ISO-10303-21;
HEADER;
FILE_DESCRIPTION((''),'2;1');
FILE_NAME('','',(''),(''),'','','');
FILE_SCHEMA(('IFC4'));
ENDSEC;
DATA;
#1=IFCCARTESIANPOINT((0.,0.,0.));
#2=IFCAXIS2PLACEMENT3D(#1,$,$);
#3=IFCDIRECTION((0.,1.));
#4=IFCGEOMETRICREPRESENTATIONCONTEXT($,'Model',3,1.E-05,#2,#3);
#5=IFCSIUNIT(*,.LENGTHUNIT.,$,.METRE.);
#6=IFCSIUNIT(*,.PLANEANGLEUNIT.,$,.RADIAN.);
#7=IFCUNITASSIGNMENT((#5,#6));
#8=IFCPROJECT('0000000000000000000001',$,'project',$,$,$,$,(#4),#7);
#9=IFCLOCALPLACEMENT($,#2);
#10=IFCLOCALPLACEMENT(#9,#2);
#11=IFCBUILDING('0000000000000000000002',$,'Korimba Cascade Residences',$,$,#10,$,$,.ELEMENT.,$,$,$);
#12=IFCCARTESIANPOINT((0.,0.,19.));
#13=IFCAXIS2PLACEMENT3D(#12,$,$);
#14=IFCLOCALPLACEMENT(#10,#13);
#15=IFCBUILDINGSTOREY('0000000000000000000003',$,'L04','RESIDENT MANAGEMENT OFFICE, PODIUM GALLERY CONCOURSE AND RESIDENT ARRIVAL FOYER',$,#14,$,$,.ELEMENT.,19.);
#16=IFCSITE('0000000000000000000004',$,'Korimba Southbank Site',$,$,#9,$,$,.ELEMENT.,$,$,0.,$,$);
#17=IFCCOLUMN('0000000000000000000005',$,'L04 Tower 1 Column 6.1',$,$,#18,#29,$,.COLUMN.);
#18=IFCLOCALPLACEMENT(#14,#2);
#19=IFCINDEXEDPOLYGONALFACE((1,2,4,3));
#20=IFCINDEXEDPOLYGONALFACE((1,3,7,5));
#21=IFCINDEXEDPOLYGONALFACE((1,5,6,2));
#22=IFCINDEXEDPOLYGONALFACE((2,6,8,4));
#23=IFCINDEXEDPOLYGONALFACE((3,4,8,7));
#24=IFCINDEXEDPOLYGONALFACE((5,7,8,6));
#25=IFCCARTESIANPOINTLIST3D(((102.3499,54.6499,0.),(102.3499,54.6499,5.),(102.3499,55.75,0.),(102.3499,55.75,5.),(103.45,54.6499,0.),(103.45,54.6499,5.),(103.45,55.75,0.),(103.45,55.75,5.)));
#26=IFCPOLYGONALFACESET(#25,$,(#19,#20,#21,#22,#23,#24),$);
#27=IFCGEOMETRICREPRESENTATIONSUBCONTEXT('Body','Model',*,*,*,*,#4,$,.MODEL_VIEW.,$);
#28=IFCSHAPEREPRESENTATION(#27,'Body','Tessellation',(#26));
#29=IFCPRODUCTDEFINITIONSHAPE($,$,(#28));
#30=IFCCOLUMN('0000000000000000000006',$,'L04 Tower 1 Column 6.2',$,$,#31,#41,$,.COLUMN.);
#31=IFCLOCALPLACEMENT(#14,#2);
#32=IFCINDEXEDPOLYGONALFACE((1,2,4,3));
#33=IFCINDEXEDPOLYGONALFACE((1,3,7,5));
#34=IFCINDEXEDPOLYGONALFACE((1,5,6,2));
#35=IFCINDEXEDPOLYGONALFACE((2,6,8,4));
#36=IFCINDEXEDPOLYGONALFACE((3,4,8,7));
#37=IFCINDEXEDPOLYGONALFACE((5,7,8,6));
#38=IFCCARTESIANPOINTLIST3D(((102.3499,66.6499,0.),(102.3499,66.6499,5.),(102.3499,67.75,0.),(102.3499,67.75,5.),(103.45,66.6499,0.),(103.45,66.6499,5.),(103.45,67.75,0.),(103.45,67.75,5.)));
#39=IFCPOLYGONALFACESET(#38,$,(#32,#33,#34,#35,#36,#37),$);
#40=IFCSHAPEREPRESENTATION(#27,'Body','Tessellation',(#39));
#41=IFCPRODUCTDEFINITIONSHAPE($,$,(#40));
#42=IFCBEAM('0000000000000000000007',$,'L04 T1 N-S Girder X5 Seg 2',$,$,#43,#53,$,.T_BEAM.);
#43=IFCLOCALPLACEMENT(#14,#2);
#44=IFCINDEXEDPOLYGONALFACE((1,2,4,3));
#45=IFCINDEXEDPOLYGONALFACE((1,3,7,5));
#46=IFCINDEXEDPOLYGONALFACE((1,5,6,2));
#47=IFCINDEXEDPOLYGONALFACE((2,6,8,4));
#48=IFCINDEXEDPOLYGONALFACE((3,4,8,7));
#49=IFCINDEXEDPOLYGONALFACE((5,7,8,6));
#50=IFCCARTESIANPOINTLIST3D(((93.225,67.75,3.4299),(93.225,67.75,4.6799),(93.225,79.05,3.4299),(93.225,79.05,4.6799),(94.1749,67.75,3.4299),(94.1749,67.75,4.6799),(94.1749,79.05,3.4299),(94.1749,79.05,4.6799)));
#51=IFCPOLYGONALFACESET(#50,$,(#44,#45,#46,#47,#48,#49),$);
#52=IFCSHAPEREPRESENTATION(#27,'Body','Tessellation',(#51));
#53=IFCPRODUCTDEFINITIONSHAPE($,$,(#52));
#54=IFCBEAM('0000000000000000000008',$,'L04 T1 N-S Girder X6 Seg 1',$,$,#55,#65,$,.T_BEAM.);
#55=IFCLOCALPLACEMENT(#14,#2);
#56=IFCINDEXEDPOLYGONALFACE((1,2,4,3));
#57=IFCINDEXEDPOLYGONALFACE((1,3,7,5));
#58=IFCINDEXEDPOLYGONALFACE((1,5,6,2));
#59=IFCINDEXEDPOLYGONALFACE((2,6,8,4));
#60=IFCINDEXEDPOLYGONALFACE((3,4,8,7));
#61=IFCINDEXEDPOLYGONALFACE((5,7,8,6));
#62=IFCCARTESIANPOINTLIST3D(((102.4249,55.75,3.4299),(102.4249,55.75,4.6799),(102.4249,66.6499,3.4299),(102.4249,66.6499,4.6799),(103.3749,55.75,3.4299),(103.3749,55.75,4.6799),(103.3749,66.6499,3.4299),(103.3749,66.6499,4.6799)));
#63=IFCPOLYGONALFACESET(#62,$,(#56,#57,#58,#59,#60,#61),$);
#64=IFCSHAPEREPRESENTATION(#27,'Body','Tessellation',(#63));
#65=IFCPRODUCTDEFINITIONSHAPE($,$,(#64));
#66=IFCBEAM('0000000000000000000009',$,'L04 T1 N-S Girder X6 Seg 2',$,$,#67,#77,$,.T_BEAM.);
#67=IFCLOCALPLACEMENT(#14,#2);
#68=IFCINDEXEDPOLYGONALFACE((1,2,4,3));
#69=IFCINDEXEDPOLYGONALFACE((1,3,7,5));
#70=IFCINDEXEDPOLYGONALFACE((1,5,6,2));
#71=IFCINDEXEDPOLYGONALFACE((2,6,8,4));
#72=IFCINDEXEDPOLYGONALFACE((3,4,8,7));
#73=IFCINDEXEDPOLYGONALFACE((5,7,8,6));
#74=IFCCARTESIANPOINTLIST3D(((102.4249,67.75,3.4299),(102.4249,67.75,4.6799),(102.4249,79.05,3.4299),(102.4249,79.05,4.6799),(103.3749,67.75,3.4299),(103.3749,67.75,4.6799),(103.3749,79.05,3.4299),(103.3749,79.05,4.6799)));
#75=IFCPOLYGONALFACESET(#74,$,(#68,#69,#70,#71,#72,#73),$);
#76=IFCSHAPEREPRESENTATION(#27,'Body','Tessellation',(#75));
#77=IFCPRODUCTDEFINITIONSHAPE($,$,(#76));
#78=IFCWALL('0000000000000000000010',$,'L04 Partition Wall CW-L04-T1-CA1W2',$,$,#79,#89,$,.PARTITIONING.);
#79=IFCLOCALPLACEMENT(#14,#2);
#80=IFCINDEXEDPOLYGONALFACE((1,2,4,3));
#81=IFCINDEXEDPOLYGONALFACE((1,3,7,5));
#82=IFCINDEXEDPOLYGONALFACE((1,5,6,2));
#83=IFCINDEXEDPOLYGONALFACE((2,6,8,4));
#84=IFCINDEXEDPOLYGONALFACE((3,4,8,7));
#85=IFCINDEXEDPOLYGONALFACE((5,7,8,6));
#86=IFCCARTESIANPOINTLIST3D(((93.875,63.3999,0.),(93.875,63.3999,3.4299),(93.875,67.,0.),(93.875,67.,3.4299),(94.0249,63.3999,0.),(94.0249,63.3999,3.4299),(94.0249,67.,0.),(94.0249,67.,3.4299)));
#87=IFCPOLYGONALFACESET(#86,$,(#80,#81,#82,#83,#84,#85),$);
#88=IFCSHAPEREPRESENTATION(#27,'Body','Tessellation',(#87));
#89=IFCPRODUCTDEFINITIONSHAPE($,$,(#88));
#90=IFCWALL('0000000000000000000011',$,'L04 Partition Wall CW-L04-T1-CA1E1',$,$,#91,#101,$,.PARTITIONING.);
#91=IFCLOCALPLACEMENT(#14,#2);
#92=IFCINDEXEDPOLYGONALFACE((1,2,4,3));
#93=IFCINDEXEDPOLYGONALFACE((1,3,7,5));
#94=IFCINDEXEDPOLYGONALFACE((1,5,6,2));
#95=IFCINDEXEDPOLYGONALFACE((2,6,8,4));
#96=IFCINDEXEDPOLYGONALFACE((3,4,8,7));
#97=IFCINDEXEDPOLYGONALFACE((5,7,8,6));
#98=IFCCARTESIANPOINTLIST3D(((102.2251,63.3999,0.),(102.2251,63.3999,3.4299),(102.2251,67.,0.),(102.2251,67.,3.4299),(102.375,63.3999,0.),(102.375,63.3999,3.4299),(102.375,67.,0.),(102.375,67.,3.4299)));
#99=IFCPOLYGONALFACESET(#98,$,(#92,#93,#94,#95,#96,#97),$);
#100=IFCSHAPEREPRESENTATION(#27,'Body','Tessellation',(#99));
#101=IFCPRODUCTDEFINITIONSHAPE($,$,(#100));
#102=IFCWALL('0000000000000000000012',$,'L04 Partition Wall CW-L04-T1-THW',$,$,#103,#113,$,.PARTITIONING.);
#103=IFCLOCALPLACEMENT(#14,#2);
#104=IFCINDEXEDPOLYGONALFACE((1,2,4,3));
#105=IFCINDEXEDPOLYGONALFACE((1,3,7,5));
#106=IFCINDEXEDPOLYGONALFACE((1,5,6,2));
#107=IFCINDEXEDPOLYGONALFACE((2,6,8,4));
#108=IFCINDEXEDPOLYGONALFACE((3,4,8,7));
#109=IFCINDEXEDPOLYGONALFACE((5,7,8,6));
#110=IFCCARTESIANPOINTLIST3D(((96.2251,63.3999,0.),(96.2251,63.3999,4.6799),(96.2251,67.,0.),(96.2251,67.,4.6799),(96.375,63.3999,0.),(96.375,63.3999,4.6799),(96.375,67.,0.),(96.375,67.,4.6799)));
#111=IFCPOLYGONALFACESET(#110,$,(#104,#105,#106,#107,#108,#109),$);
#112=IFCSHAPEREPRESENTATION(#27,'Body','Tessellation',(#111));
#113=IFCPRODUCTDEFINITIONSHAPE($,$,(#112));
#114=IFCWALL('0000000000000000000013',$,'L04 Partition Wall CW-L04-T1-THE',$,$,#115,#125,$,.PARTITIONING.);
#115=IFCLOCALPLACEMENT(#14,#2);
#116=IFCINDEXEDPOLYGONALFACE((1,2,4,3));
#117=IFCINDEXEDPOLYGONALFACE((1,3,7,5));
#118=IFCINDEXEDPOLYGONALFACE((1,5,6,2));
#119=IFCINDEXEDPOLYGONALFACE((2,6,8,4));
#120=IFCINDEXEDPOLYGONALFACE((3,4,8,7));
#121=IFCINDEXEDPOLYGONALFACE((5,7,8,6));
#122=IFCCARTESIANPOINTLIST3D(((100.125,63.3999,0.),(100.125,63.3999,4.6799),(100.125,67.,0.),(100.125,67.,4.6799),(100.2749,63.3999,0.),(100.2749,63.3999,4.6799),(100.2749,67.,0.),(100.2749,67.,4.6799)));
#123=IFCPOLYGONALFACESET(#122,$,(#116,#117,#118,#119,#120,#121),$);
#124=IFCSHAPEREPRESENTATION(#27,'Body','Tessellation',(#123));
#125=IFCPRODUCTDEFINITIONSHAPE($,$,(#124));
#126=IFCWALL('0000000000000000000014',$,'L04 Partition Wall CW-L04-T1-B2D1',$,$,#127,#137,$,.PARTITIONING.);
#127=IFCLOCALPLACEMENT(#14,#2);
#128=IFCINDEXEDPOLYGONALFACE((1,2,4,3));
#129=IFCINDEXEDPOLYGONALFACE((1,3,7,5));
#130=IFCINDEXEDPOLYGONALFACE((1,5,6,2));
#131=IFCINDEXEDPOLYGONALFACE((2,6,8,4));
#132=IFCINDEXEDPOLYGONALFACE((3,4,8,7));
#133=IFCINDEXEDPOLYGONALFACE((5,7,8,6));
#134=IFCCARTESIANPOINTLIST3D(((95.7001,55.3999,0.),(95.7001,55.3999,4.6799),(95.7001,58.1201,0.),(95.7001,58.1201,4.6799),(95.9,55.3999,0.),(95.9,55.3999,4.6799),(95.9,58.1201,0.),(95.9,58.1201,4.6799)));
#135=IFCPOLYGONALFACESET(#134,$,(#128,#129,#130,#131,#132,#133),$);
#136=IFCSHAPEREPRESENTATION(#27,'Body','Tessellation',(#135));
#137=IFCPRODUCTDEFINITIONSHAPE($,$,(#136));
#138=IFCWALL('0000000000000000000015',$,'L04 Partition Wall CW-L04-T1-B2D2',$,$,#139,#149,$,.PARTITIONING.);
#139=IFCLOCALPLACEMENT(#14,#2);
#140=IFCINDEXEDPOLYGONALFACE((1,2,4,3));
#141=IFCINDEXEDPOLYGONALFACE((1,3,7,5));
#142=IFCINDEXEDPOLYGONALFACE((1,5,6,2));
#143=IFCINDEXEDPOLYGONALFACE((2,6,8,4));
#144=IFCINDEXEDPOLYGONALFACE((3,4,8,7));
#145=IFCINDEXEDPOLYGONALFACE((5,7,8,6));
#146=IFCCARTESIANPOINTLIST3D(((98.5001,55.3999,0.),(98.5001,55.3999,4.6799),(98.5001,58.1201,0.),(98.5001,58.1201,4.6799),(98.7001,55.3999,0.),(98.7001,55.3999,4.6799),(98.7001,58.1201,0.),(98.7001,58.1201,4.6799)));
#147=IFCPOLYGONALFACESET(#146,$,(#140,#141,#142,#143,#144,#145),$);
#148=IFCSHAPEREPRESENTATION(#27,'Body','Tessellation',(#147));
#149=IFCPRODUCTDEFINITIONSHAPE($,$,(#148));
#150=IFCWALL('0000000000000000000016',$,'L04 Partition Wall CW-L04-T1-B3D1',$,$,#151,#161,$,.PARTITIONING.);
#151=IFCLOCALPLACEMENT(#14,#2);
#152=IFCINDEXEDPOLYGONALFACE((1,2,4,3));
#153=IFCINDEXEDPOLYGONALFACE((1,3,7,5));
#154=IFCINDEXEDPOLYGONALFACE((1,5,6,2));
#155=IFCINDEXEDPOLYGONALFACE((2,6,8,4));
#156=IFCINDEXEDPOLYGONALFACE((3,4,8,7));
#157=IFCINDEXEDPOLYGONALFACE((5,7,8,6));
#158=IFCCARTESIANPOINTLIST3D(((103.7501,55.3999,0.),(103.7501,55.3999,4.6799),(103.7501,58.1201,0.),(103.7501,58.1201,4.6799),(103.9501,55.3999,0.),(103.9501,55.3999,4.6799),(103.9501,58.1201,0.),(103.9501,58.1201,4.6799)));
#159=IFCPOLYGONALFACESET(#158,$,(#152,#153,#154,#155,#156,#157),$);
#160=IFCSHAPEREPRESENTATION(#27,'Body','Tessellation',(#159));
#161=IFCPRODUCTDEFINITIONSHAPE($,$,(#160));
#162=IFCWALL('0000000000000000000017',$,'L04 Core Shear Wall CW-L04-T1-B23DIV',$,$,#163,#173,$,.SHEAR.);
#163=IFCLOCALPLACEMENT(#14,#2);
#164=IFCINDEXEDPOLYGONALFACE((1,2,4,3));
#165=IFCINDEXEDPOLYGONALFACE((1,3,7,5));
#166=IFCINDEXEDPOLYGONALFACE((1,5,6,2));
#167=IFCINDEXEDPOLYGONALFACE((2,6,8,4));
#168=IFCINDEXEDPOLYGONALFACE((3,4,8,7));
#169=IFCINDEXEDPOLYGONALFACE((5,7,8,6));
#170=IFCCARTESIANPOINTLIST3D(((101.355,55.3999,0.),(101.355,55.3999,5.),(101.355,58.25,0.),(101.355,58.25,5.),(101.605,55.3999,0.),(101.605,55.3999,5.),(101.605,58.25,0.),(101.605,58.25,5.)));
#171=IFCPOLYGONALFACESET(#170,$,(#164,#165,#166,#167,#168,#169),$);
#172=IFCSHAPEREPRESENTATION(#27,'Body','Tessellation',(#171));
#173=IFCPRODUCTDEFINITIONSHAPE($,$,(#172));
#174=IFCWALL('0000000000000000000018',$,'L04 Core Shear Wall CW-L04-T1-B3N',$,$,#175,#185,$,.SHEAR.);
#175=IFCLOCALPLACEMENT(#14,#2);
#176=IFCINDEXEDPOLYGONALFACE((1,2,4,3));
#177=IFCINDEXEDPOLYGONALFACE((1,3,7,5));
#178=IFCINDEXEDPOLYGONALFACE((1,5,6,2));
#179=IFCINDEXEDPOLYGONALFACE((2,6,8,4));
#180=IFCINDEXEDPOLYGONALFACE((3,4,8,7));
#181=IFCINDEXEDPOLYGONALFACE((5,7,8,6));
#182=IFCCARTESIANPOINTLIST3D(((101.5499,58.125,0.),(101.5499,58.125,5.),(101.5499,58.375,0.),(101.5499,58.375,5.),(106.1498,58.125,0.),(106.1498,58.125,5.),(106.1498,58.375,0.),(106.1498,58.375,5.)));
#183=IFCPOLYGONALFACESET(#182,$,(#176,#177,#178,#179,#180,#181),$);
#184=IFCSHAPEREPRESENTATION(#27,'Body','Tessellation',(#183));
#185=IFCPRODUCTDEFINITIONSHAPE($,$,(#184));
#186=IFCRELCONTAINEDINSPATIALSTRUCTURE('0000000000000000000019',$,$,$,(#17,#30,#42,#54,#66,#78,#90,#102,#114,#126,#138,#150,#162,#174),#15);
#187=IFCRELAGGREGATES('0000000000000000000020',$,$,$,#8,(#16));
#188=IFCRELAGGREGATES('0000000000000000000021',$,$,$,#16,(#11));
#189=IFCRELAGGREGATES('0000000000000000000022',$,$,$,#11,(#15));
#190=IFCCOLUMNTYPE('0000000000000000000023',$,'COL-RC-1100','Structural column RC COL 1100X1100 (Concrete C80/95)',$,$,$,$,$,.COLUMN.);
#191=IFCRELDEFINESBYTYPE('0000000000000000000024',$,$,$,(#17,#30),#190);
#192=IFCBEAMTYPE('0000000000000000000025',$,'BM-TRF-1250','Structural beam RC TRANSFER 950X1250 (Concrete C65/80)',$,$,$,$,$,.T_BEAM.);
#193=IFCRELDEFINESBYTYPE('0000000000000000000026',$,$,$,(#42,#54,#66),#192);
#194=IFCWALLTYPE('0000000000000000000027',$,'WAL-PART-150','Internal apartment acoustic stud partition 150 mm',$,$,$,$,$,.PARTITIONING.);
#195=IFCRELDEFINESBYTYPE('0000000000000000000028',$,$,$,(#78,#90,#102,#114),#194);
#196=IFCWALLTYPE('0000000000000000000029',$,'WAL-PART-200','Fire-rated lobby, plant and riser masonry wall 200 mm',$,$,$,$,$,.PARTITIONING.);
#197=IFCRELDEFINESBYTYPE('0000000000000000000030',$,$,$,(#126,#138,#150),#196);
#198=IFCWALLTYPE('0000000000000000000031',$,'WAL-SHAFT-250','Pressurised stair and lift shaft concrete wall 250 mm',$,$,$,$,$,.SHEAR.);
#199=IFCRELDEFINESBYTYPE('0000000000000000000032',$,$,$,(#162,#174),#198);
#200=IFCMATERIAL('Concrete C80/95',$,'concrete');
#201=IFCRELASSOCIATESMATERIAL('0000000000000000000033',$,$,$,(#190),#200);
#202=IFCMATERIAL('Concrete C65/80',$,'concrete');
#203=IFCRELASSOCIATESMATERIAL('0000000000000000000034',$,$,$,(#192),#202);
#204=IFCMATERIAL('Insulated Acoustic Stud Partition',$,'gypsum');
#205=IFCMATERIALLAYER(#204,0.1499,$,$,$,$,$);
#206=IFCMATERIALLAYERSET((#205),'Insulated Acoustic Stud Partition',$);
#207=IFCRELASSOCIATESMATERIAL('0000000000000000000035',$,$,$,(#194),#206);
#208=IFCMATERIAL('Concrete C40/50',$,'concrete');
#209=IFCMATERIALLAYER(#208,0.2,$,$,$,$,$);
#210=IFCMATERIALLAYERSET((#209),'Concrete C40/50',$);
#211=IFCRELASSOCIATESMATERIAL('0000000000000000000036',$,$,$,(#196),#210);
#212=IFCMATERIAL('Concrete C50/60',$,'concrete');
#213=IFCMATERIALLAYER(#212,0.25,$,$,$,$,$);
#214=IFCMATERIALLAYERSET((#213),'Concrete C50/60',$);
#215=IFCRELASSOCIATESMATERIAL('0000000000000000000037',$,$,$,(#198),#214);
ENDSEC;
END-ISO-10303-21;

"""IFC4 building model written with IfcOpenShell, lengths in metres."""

from ifc_helpers import new_model, si_unit, direction, frame, frame_2d, origin, origin_2d, place, context, subcontext, project, spatial, rectangle, extrude, material, layer, layer_set, material_profile, profile_set, type_object, element, save


model = new_model("IFC4")

# Units and contexts
model_context = context("Model", 3, precision=1e-05, world=origin(), true_north=direction((0.0, 1.0)))
body_context = subcontext(model_context, "Body", "Model", "MODEL_VIEW")
ifc_project = project(units=[si_unit("LENGTHUNIT", "METRE"), si_unit("PLANEANGLEUNIT", "RADIAN")], contexts=[model_context])

# Site, building, storey
site_placement = place(None, origin())
site = spatial("IfcSite", under=ifc_project, at=site_placement, Name="Korimba Southbank Site", CompositionType="ELEMENT", RefElevation=0.0)
building_placement = place(site_placement, origin())
building = spatial("IfcBuilding", under=site, at=building_placement, Name="Korimba Cascade Residences", CompositionType="ELEMENT")
storey_placement = place(building_placement, frame((0.0, 0.0, 19.0)))
storey = spatial("IfcBuildingStorey", under=building, at=storey_placement, Name="L04", Description="RESIDENT MANAGEMENT OFFICE, PODIUM GALLERY CONCOURSE AND RESIDENT ARRIVAL FOYER", CompositionType="ELEMENT", Elevation=19.0)

# Columns
ifc_material_1 = material(Name="Concrete C80/95", Category="concrete")
ifc_material_profile_1 = material_profile(ifc_material_1, rectangle(XDim=1.1001, YDim=1.1001, at=origin_2d()), Name="Concrete C80/95")
ifc_profile_set_1 = profile_set([ifc_material_profile_1], Name="Concrete C80/95")
column_type = type_object("IfcColumnType", Name="COL-RC-1100", Description="Structural column RC COL 1100X1100 (Concrete C80/95)", PredefinedType="COLUMN", material=ifc_profile_set_1)
for number, where, z_axis, x_axis, name in (
    (1, (102.8999, 55.2, 0.0), (0.0, 0.0, 1.0), (1.0, 0.0, 0.0), "L04 Tower 1 Column 6.1"),
    (2, (102.8999, 67.2, 0.0), (0.0, 0.0, 1.0), (1.0, 0.0, 0.0), "L04 Tower 1 Column 6.2"),
):
    element("IfcColumn", number, at=place(storey_placement, frame(where, z_axis=z_axis, x_axis=x_axis)), inside=storey, type_object=column_type, Name=name, PredefinedType="COLUMN", context=body_context, shape_type="SweptSolid", body=[
        extrude(rectangle(XDim=1.1001, YDim=1.1001, at=origin_2d()), origin(), (0.0, 0.0, 1.0), 5.0),
    ])

# Beams
ifc_material_2 = material(Name="Concrete C65/80", Category="concrete")
ifc_material_profile_2 = material_profile(ifc_material_2, rectangle(XDim=0.95, YDim=1.25, at=origin_2d()), Name="Concrete C65/80")
ifc_profile_set_2 = profile_set([ifc_material_profile_2], Name="Concrete C65/80")
beam_type = type_object("IfcBeamType", Name="BM-TRF-1250", Description="Structural beam RC TRANSFER 950X1250 (Concrete C65/80)", PredefinedType="T_BEAM", material=ifc_profile_set_2)
beam_1_placement = place(storey_placement, frame((93.7, 67.75, 4.0549), z_axis=(0.0, 1.0, 0.0), x_axis=(-1.0, 0.0, 0.0)))
element("IfcBeam", 3, at=beam_1_placement, inside=storey, type_object=beam_type, Name="L04 T1 N-S Girder X5 Seg 2", PredefinedType="T_BEAM", context=body_context, shape_type="SweptSolid", body=[
    extrude(rectangle(XDim=0.95, YDim=1.25, at=origin_2d()), origin(), (0.0, 0.0, 1.0), 11.3),
])
beam_2_placement = place(storey_placement, frame((102.8999, 55.75, 4.0549), z_axis=(0.0, 1.0, 0.0), x_axis=(-1.0, 0.0, 0.0)))
element("IfcBeam", 4, at=beam_2_placement, inside=storey, type_object=beam_type, Name="L04 T1 N-S Girder X6 Seg 1", PredefinedType="T_BEAM", context=body_context, shape_type="SweptSolid", body=[
    extrude(rectangle(XDim=0.95, YDim=1.25, at=origin_2d()), origin(), (0.0, 0.0, 1.0), 10.8999),
])
beam_3_placement = place(storey_placement, frame((102.8999, 67.75, 4.0549), z_axis=(0.0, 1.0, 0.0), x_axis=(-1.0, 0.0, 0.0)))
element("IfcBeam", 5, at=beam_3_placement, inside=storey, type_object=beam_type, Name="L04 T1 N-S Girder X6 Seg 2", PredefinedType="T_BEAM", context=body_context, shape_type="SweptSolid", body=[
    extrude(rectangle(XDim=0.95, YDim=1.25, at=origin_2d()), origin(), (0.0, 0.0, 1.0), 11.3),
])

# Walls
ifc_material_3 = material(Name="Insulated Acoustic Stud Partition", Category="gypsum")
ifc_layer_1 = layer(ifc_material_3, 0.1499)
ifc_layer_set_1 = layer_set([ifc_layer_1], Name="Insulated Acoustic Stud Partition")
wall_type_1 = type_object("IfcWallType", Name="WAL-PART-150", Description="Internal apartment acoustic stud partition 150 mm", PredefinedType="PARTITIONING", material=ifc_layer_set_1)
for number, where, z_axis, x_axis, name in (
    (6, (93.95, 63.3999, 0.0), (0.0, 0.0, 1.0), (0.0, 1.0, 0.0), "L04 Partition Wall CW-L04-T1-CA1W2"),
    (7, (102.3, 63.3999, 0.0), (0.0, 0.0, 1.0), (0.0, 1.0, 0.0), "L04 Partition Wall CW-L04-T1-CA1E1"),
):
    element("IfcWall", number, at=place(storey_placement, frame(where, z_axis=z_axis, x_axis=x_axis)), inside=storey, type_object=wall_type_1, Name=name, PredefinedType="PARTITIONING", context=body_context, shape_type="SweptSolid", body=[
        extrude(rectangle(XDim=3.6001, YDim=0.1499, at=frame_2d((1.8, 0.0))), origin(), (0.0, 0.0, 1.0), 3.4299),
    ])
for number, where, z_axis, x_axis, name in (
    (8, (96.3, 63.3999, 0.0), (0.0, 0.0, 1.0), (0.0, 1.0, 0.0), "L04 Partition Wall CW-L04-T1-THW"),
    (9, (100.2, 63.3999, 0.0), (0.0, 0.0, 1.0), (0.0, 1.0, 0.0), "L04 Partition Wall CW-L04-T1-THE"),
):
    element("IfcWall", number, at=place(storey_placement, frame(where, z_axis=z_axis, x_axis=x_axis)), inside=storey, type_object=wall_type_1, Name=name, PredefinedType="PARTITIONING", context=body_context, shape_type="SweptSolid", body=[
        extrude(rectangle(XDim=3.6001, YDim=0.1499, at=frame_2d((1.8, 0.0))), origin(), (0.0, 0.0, 1.0), 4.6799),
    ])
ifc_material_4 = material(Name="Concrete C40/50", Category="concrete")
ifc_layer_2 = layer(ifc_material_4, 0.2)
ifc_layer_set_2 = layer_set([ifc_layer_2], Name="Concrete C40/50")
wall_type_2 = type_object("IfcWallType", Name="WAL-PART-200", Description="Fire-rated lobby, plant and riser masonry wall 200 mm", PredefinedType="PARTITIONING", material=ifc_layer_set_2)
for number, where, z_axis, x_axis, name in (
    (10, (95.8, 55.3999, 0.0), (0.0, 0.0, 1.0), (0.0, 1.0, 0.0), "L04 Partition Wall CW-L04-T1-B2D1"),
    (11, (98.6001, 55.3999, 0.0), (0.0, 0.0, 1.0), (0.0, 1.0, 0.0), "L04 Partition Wall CW-L04-T1-B2D2"),
    (12, (103.8501, 55.3999, 0.0), (0.0, 0.0, 1.0), (0.0, 1.0, 0.0), "L04 Partition Wall CW-L04-T1-B3D1"),
):
    element("IfcWall", number, at=place(storey_placement, frame(where, z_axis=z_axis, x_axis=x_axis)), inside=storey, type_object=wall_type_2, Name=name, PredefinedType="PARTITIONING", context=body_context, shape_type="SweptSolid", body=[
        extrude(rectangle(XDim=2.7202, YDim=0.2, at=frame_2d((1.3601, 0.0))), origin(), (0.0, 0.0, 1.0), 4.6799),
    ])
ifc_material_5 = material(Name="Concrete C50/60", Category="concrete")
ifc_layer_3 = layer(ifc_material_5, 0.25)
ifc_layer_set_3 = layer_set([ifc_layer_3], Name="Concrete C50/60")
wall_type_3 = type_object("IfcWallType", Name="WAL-SHAFT-250", Description="Pressurised stair and lift shaft concrete wall 250 mm", PredefinedType="SHEAR", material=ifc_layer_set_3)
wall_1_placement = place(storey_placement, frame((101.48, 55.3999, 0.0), z_axis=(0.0, 0.0, 1.0), x_axis=(0.0, 1.0, 0.0)))
element("IfcWall", 13, at=wall_1_placement, inside=storey, type_object=wall_type_3, Name="L04 Core Shear Wall CW-L04-T1-B23DIV", PredefinedType="SHEAR", context=body_context, shape_type="SweptSolid", body=[
    extrude(rectangle(XDim=2.8501, YDim=0.25, at=frame_2d((1.425, 0.0))), origin(), (0.0, 0.0, 1.0), 5.0),
])
wall_2_placement = place(storey_placement, frame((101.55, 58.25, 0.0), z_axis=(0.0, 0.0, 1.0), x_axis=(1.0, 0.0, 0.0)))
element("IfcWall", 14, at=wall_2_placement, inside=storey, type_object=wall_type_3, Name="L04 Core Shear Wall CW-L04-T1-B3N", PredefinedType="SHEAR", context=body_context, shape_type="SweptSolid", body=[
    extrude(rectangle(XDim=4.5999, YDim=0.25, at=frame_2d((2.2998, 0.0))), origin(), (0.0, 0.0, 1.0), 5.0),
])

save(model, "model.ifc")
